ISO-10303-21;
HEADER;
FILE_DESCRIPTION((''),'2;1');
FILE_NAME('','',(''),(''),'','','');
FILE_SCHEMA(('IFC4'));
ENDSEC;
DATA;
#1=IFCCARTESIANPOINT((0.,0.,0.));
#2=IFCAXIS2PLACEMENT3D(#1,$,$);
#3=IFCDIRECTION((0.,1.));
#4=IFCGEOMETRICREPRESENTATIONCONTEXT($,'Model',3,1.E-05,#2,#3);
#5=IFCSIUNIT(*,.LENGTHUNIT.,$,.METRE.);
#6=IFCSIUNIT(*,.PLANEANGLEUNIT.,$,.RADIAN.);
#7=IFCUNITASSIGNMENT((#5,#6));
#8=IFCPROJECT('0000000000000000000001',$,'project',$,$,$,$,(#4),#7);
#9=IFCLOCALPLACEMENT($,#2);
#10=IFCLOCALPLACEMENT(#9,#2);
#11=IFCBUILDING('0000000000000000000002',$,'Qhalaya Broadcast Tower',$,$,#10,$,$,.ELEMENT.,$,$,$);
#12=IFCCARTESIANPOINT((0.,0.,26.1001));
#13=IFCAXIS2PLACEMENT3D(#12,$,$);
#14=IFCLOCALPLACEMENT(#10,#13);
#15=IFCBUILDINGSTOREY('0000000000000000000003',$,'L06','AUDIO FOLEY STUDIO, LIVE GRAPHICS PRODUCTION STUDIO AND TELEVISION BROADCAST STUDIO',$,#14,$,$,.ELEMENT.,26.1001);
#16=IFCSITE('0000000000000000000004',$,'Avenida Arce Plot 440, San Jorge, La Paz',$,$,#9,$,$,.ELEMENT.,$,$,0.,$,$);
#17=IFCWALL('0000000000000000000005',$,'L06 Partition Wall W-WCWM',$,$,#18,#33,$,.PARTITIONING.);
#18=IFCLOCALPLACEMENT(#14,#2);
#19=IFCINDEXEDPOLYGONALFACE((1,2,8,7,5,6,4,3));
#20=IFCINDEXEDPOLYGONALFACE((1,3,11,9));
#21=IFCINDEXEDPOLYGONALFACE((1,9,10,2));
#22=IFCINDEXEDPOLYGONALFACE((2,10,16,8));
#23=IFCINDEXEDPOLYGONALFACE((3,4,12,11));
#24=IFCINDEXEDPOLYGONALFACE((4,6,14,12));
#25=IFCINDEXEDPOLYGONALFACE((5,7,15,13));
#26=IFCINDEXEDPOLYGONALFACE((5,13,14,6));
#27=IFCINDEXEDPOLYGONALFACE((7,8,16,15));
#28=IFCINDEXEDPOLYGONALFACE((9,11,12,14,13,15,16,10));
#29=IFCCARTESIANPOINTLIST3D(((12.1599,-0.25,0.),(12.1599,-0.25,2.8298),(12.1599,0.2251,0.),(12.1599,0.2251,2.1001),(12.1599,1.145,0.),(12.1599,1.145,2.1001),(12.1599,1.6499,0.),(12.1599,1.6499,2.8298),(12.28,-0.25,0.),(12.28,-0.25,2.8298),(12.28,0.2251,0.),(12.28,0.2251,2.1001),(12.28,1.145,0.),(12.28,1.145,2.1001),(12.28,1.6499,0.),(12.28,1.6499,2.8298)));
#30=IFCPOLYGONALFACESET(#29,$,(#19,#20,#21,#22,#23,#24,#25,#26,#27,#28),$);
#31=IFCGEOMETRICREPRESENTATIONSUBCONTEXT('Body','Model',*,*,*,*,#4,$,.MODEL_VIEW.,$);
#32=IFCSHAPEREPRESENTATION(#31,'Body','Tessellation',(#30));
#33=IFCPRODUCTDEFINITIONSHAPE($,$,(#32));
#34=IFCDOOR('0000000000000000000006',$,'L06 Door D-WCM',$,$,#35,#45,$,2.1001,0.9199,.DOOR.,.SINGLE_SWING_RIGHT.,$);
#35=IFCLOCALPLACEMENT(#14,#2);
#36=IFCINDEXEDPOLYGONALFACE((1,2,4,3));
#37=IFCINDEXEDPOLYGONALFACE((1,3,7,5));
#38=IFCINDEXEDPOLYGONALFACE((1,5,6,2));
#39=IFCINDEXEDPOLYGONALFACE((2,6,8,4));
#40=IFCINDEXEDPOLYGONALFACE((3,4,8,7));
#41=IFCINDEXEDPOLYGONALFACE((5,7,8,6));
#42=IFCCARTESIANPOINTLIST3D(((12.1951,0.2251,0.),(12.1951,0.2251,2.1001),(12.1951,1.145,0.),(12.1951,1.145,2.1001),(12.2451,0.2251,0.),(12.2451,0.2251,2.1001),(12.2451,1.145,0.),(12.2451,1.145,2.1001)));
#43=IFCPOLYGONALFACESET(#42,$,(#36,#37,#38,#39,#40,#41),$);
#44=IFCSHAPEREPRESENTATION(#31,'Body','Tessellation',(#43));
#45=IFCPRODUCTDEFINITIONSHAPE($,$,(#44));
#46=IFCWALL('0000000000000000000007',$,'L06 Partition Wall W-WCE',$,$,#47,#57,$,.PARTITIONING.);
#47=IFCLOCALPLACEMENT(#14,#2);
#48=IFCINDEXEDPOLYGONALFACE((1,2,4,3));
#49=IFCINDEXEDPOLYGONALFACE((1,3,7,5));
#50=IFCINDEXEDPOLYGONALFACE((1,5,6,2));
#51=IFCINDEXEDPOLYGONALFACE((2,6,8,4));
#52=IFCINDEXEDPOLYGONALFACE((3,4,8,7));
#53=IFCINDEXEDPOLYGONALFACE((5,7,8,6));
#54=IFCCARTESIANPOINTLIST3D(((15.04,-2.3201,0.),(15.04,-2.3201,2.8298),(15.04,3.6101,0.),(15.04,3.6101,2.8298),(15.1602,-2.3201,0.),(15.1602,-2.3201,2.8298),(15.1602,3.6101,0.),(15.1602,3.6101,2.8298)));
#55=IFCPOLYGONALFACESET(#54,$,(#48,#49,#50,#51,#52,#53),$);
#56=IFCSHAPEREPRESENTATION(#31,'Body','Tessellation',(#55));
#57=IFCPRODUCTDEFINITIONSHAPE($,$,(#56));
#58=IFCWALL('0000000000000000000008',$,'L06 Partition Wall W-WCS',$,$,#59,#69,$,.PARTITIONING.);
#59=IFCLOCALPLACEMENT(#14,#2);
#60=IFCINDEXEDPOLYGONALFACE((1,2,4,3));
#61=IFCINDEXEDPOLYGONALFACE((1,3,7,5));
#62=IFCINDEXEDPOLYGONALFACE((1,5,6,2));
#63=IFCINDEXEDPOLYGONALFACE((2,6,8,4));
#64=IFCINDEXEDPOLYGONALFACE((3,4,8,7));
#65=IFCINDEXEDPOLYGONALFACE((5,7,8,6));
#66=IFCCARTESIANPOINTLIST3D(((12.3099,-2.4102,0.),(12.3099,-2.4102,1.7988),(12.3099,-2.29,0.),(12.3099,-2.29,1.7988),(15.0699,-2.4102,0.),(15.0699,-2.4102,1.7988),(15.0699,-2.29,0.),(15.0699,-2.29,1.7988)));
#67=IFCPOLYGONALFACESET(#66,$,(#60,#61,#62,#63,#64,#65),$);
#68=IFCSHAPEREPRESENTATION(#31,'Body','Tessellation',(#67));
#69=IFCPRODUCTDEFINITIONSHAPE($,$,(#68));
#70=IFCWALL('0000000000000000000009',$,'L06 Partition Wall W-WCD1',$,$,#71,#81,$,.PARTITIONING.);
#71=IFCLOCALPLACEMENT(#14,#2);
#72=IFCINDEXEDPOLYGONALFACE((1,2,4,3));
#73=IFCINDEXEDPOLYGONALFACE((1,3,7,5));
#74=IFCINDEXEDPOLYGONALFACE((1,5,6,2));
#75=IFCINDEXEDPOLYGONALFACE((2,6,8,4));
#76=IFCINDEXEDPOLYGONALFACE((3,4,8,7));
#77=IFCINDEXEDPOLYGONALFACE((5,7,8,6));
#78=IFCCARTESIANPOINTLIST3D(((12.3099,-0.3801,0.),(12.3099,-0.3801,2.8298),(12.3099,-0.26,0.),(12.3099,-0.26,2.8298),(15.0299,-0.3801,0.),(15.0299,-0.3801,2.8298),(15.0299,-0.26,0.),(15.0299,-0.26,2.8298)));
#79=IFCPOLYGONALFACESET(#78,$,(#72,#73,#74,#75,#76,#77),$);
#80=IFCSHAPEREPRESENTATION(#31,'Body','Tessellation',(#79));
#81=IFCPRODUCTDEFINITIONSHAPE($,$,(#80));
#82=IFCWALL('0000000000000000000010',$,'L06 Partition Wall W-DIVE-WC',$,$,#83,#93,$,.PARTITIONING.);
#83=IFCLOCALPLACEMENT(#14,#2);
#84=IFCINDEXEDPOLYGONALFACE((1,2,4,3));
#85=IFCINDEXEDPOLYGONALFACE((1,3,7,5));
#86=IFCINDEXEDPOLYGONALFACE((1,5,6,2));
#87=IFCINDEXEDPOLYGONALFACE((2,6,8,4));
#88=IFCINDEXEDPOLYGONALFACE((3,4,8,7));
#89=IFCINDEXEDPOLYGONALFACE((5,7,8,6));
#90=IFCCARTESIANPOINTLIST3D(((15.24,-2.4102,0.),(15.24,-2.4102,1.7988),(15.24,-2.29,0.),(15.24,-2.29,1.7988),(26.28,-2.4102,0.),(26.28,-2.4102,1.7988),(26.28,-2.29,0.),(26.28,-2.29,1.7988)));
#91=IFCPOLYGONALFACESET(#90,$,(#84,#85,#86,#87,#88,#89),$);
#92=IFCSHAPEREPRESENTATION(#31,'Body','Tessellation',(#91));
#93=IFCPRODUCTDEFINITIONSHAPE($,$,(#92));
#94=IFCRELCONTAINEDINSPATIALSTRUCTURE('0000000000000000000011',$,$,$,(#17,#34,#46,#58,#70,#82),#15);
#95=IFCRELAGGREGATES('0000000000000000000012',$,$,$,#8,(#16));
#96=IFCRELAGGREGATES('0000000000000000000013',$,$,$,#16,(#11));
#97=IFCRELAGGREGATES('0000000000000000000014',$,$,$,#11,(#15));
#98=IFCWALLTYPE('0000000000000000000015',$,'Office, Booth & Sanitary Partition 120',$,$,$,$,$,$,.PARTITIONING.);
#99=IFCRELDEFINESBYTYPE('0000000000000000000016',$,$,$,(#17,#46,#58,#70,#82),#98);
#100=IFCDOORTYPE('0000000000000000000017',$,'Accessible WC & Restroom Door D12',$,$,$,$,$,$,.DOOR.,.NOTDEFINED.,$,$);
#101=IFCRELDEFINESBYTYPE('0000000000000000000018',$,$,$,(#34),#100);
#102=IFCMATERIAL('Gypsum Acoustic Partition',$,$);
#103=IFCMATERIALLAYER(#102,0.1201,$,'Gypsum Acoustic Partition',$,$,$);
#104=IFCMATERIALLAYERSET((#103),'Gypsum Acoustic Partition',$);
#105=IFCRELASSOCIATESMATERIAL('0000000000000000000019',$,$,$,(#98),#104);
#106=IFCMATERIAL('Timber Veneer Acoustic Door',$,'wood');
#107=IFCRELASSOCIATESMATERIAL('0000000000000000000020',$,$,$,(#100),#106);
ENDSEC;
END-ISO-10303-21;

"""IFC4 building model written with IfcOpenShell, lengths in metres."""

from ifc_helpers import new_model, si_unit, direction, frame, frame_2d, origin, place, context, subcontext, project, spatial, rectangle, extrude, material, layer, layer_set, type_object, element, fill, save


model = new_model("IFC4")

# Units and contexts
model_context = context("Model", 3, precision=1e-05, world=origin(), true_north=direction((0.0, 1.0)))
body_context = subcontext(model_context, "Body", "Model", "MODEL_VIEW")
ifc_project = project(units=[si_unit("LENGTHUNIT", "METRE"), si_unit("PLANEANGLEUNIT", "RADIAN")], contexts=[model_context])

# Site, building, storey
site_placement = place(None, origin())
site = spatial("IfcSite", under=ifc_project, at=site_placement, Name="Avenida Arce Plot 440, San Jorge, La Paz", CompositionType="ELEMENT", RefElevation=0.0)
building_placement = place(site_placement, origin())
building = spatial("IfcBuilding", under=site, at=building_placement, Name="Qhalaya Broadcast Tower", CompositionType="ELEMENT")
storey_placement = place(building_placement, frame((0.0, 0.0, 26.1001)))
storey = spatial("IfcBuildingStorey", under=building, at=storey_placement, Name="L06", Description="AUDIO FOLEY STUDIO, LIVE GRAPHICS PRODUCTION STUDIO AND TELEVISION BROADCAST STUDIO", CompositionType="ELEMENT", Elevation=26.1001)

# Wall, opening, door
ifc_material_1 = material(Name="Gypsum Acoustic Partition")
ifc_layer = layer(ifc_material_1, 0.1201, Name="Gypsum Acoustic Partition")
ifc_layer_set = layer_set([ifc_layer], Name="Gypsum Acoustic Partition")
wall_type = type_object("IfcWallType", Name="Office, Booth & Sanitary Partition 120", PredefinedType="PARTITIONING", material=ifc_layer_set)
ifc_material_2 = material(Name="Timber Veneer Acoustic Door", Category="wood")
door_type = type_object("IfcDoorType", Name="Accessible WC & Restroom Door D12", OperationType="NOTDEFINED", PredefinedType="DOOR", material=ifc_material_2)
wall_1_placement = place(storey_placement, frame((12.22, -0.25, 0.0), z_axis=(0.0, 0.0, 1.0), x_axis=(0.0, 1.0, 0.0)))
wall_1 = element("IfcWall", 1, at=wall_1_placement, inside=storey, type_object=wall_type, Name="L06 Partition Wall W-WCWM", PredefinedType="PARTITIONING", context=body_context, shape_type="SweptSolid", body=[
    extrude(rectangle(XDim=1.8999, YDim=0.1201, at=frame_2d((0.95, 0.0))), origin(), (0.0, 0.0, 1.0), 2.8298),
])
opening_1_placement = place(wall_1_placement, frame((0.4751, 0.0, 0.0)))
opening_1 = element("IfcOpeningElement", 2, at=opening_1_placement, cuts=wall_1, PredefinedType="OPENING", context=body_context, shape_type="SweptSolid", body=[
    extrude(rectangle(XDim=0.9199, YDim=2.1001, at=frame_2d((0.46, 1.05))), frame((0.0, 0.072, 0.0), z_axis=(0.0, -1.0, 0.0), x_axis=(1.0, 0.0, 0.0)), (0.0, 0.0, 1.0), 0.144),
])
door_1_placement = place(opening_1_placement, origin())
door_1 = element("IfcDoor", 3, at=door_1_placement, inside=storey, type_object=door_type, Name="L06 Door D-WCM", OperationType="SINGLE_SWING_RIGHT", OverallHeight=2.1001, OverallWidth=0.9199, PredefinedType="DOOR", context=body_context, shape_type="SweptSolid", body=[
    extrude(rectangle(XDim=0.9199, YDim=2.1001, at=frame_2d((0.46, 1.05))), frame((0.0, 0.0249, 0.0), z_axis=(0.0, -1.0, 0.0), x_axis=(1.0, 0.0, 0.0)), (0.0, 0.0, 1.0), 0.05),
])
fill(opening_1, door_1)

# Walls
wall_2_placement = place(storey_placement, frame((15.1001, -2.3201, 0.0), z_axis=(0.0, 0.0, 1.0), x_axis=(0.0, 1.0, 0.0)))
element("IfcWall", 4, at=wall_2_placement, inside=storey, type_object=wall_type, Name="L06 Partition Wall W-WCE", PredefinedType="PARTITIONING", context=body_context, shape_type="SweptSolid", body=[
    extrude(rectangle(XDim=5.9302, YDim=0.1201, at=frame_2d((2.9651, 0.0))), origin(), (0.0, 0.0, 1.0), 2.8298),
])
wall_3_placement = place(storey_placement, frame((12.3101, -2.3501, 0.0), z_axis=(0.0, 0.0, 1.0), x_axis=(1.0, 0.0, 0.0)))
element("IfcWall", 5, at=wall_3_placement, inside=storey, type_object=wall_type, Name="L06 Partition Wall W-WCS", PredefinedType="PARTITIONING", context=body_context, shape_type="SweptSolid", body=[
    extrude(rectangle(XDim=2.76, YDim=0.1201, at=frame_2d((1.3799, 0.0))), origin(), (0.0, 0.0, 1.0), 1.7988),
])
wall_4_placement = place(storey_placement, frame((12.3101, -0.3201, 0.0), z_axis=(0.0, 0.0, 1.0), x_axis=(1.0, 0.0, 0.0)))
element("IfcWall", 6, at=wall_4_placement, inside=storey, type_object=wall_type, Name="L06 Partition Wall W-WCD1", PredefinedType="PARTITIONING", context=body_context, shape_type="SweptSolid", body=[
    extrude(rectangle(XDim=2.72, YDim=0.1201, at=frame_2d((1.3599, 0.0))), origin(), (0.0, 0.0, 1.0), 2.8298),
])
wall_5_placement = place(storey_placement, frame((15.24, -2.3501, 0.0), z_axis=(0.0, 0.0, 1.0), x_axis=(1.0, 0.0, 0.0)))
element("IfcWall", 7, at=wall_5_placement, inside=storey, type_object=wall_type, Name="L06 Partition Wall W-DIVE-WC", PredefinedType="PARTITIONING", context=body_context, shape_type="SweptSolid", body=[
    extrude(rectangle(XDim=11.04, YDim=0.1201, at=frame_2d((5.52, 0.0))), origin(), (0.0, 0.0, 1.0), 1.7988),
])

save(model, "model.ifc")
